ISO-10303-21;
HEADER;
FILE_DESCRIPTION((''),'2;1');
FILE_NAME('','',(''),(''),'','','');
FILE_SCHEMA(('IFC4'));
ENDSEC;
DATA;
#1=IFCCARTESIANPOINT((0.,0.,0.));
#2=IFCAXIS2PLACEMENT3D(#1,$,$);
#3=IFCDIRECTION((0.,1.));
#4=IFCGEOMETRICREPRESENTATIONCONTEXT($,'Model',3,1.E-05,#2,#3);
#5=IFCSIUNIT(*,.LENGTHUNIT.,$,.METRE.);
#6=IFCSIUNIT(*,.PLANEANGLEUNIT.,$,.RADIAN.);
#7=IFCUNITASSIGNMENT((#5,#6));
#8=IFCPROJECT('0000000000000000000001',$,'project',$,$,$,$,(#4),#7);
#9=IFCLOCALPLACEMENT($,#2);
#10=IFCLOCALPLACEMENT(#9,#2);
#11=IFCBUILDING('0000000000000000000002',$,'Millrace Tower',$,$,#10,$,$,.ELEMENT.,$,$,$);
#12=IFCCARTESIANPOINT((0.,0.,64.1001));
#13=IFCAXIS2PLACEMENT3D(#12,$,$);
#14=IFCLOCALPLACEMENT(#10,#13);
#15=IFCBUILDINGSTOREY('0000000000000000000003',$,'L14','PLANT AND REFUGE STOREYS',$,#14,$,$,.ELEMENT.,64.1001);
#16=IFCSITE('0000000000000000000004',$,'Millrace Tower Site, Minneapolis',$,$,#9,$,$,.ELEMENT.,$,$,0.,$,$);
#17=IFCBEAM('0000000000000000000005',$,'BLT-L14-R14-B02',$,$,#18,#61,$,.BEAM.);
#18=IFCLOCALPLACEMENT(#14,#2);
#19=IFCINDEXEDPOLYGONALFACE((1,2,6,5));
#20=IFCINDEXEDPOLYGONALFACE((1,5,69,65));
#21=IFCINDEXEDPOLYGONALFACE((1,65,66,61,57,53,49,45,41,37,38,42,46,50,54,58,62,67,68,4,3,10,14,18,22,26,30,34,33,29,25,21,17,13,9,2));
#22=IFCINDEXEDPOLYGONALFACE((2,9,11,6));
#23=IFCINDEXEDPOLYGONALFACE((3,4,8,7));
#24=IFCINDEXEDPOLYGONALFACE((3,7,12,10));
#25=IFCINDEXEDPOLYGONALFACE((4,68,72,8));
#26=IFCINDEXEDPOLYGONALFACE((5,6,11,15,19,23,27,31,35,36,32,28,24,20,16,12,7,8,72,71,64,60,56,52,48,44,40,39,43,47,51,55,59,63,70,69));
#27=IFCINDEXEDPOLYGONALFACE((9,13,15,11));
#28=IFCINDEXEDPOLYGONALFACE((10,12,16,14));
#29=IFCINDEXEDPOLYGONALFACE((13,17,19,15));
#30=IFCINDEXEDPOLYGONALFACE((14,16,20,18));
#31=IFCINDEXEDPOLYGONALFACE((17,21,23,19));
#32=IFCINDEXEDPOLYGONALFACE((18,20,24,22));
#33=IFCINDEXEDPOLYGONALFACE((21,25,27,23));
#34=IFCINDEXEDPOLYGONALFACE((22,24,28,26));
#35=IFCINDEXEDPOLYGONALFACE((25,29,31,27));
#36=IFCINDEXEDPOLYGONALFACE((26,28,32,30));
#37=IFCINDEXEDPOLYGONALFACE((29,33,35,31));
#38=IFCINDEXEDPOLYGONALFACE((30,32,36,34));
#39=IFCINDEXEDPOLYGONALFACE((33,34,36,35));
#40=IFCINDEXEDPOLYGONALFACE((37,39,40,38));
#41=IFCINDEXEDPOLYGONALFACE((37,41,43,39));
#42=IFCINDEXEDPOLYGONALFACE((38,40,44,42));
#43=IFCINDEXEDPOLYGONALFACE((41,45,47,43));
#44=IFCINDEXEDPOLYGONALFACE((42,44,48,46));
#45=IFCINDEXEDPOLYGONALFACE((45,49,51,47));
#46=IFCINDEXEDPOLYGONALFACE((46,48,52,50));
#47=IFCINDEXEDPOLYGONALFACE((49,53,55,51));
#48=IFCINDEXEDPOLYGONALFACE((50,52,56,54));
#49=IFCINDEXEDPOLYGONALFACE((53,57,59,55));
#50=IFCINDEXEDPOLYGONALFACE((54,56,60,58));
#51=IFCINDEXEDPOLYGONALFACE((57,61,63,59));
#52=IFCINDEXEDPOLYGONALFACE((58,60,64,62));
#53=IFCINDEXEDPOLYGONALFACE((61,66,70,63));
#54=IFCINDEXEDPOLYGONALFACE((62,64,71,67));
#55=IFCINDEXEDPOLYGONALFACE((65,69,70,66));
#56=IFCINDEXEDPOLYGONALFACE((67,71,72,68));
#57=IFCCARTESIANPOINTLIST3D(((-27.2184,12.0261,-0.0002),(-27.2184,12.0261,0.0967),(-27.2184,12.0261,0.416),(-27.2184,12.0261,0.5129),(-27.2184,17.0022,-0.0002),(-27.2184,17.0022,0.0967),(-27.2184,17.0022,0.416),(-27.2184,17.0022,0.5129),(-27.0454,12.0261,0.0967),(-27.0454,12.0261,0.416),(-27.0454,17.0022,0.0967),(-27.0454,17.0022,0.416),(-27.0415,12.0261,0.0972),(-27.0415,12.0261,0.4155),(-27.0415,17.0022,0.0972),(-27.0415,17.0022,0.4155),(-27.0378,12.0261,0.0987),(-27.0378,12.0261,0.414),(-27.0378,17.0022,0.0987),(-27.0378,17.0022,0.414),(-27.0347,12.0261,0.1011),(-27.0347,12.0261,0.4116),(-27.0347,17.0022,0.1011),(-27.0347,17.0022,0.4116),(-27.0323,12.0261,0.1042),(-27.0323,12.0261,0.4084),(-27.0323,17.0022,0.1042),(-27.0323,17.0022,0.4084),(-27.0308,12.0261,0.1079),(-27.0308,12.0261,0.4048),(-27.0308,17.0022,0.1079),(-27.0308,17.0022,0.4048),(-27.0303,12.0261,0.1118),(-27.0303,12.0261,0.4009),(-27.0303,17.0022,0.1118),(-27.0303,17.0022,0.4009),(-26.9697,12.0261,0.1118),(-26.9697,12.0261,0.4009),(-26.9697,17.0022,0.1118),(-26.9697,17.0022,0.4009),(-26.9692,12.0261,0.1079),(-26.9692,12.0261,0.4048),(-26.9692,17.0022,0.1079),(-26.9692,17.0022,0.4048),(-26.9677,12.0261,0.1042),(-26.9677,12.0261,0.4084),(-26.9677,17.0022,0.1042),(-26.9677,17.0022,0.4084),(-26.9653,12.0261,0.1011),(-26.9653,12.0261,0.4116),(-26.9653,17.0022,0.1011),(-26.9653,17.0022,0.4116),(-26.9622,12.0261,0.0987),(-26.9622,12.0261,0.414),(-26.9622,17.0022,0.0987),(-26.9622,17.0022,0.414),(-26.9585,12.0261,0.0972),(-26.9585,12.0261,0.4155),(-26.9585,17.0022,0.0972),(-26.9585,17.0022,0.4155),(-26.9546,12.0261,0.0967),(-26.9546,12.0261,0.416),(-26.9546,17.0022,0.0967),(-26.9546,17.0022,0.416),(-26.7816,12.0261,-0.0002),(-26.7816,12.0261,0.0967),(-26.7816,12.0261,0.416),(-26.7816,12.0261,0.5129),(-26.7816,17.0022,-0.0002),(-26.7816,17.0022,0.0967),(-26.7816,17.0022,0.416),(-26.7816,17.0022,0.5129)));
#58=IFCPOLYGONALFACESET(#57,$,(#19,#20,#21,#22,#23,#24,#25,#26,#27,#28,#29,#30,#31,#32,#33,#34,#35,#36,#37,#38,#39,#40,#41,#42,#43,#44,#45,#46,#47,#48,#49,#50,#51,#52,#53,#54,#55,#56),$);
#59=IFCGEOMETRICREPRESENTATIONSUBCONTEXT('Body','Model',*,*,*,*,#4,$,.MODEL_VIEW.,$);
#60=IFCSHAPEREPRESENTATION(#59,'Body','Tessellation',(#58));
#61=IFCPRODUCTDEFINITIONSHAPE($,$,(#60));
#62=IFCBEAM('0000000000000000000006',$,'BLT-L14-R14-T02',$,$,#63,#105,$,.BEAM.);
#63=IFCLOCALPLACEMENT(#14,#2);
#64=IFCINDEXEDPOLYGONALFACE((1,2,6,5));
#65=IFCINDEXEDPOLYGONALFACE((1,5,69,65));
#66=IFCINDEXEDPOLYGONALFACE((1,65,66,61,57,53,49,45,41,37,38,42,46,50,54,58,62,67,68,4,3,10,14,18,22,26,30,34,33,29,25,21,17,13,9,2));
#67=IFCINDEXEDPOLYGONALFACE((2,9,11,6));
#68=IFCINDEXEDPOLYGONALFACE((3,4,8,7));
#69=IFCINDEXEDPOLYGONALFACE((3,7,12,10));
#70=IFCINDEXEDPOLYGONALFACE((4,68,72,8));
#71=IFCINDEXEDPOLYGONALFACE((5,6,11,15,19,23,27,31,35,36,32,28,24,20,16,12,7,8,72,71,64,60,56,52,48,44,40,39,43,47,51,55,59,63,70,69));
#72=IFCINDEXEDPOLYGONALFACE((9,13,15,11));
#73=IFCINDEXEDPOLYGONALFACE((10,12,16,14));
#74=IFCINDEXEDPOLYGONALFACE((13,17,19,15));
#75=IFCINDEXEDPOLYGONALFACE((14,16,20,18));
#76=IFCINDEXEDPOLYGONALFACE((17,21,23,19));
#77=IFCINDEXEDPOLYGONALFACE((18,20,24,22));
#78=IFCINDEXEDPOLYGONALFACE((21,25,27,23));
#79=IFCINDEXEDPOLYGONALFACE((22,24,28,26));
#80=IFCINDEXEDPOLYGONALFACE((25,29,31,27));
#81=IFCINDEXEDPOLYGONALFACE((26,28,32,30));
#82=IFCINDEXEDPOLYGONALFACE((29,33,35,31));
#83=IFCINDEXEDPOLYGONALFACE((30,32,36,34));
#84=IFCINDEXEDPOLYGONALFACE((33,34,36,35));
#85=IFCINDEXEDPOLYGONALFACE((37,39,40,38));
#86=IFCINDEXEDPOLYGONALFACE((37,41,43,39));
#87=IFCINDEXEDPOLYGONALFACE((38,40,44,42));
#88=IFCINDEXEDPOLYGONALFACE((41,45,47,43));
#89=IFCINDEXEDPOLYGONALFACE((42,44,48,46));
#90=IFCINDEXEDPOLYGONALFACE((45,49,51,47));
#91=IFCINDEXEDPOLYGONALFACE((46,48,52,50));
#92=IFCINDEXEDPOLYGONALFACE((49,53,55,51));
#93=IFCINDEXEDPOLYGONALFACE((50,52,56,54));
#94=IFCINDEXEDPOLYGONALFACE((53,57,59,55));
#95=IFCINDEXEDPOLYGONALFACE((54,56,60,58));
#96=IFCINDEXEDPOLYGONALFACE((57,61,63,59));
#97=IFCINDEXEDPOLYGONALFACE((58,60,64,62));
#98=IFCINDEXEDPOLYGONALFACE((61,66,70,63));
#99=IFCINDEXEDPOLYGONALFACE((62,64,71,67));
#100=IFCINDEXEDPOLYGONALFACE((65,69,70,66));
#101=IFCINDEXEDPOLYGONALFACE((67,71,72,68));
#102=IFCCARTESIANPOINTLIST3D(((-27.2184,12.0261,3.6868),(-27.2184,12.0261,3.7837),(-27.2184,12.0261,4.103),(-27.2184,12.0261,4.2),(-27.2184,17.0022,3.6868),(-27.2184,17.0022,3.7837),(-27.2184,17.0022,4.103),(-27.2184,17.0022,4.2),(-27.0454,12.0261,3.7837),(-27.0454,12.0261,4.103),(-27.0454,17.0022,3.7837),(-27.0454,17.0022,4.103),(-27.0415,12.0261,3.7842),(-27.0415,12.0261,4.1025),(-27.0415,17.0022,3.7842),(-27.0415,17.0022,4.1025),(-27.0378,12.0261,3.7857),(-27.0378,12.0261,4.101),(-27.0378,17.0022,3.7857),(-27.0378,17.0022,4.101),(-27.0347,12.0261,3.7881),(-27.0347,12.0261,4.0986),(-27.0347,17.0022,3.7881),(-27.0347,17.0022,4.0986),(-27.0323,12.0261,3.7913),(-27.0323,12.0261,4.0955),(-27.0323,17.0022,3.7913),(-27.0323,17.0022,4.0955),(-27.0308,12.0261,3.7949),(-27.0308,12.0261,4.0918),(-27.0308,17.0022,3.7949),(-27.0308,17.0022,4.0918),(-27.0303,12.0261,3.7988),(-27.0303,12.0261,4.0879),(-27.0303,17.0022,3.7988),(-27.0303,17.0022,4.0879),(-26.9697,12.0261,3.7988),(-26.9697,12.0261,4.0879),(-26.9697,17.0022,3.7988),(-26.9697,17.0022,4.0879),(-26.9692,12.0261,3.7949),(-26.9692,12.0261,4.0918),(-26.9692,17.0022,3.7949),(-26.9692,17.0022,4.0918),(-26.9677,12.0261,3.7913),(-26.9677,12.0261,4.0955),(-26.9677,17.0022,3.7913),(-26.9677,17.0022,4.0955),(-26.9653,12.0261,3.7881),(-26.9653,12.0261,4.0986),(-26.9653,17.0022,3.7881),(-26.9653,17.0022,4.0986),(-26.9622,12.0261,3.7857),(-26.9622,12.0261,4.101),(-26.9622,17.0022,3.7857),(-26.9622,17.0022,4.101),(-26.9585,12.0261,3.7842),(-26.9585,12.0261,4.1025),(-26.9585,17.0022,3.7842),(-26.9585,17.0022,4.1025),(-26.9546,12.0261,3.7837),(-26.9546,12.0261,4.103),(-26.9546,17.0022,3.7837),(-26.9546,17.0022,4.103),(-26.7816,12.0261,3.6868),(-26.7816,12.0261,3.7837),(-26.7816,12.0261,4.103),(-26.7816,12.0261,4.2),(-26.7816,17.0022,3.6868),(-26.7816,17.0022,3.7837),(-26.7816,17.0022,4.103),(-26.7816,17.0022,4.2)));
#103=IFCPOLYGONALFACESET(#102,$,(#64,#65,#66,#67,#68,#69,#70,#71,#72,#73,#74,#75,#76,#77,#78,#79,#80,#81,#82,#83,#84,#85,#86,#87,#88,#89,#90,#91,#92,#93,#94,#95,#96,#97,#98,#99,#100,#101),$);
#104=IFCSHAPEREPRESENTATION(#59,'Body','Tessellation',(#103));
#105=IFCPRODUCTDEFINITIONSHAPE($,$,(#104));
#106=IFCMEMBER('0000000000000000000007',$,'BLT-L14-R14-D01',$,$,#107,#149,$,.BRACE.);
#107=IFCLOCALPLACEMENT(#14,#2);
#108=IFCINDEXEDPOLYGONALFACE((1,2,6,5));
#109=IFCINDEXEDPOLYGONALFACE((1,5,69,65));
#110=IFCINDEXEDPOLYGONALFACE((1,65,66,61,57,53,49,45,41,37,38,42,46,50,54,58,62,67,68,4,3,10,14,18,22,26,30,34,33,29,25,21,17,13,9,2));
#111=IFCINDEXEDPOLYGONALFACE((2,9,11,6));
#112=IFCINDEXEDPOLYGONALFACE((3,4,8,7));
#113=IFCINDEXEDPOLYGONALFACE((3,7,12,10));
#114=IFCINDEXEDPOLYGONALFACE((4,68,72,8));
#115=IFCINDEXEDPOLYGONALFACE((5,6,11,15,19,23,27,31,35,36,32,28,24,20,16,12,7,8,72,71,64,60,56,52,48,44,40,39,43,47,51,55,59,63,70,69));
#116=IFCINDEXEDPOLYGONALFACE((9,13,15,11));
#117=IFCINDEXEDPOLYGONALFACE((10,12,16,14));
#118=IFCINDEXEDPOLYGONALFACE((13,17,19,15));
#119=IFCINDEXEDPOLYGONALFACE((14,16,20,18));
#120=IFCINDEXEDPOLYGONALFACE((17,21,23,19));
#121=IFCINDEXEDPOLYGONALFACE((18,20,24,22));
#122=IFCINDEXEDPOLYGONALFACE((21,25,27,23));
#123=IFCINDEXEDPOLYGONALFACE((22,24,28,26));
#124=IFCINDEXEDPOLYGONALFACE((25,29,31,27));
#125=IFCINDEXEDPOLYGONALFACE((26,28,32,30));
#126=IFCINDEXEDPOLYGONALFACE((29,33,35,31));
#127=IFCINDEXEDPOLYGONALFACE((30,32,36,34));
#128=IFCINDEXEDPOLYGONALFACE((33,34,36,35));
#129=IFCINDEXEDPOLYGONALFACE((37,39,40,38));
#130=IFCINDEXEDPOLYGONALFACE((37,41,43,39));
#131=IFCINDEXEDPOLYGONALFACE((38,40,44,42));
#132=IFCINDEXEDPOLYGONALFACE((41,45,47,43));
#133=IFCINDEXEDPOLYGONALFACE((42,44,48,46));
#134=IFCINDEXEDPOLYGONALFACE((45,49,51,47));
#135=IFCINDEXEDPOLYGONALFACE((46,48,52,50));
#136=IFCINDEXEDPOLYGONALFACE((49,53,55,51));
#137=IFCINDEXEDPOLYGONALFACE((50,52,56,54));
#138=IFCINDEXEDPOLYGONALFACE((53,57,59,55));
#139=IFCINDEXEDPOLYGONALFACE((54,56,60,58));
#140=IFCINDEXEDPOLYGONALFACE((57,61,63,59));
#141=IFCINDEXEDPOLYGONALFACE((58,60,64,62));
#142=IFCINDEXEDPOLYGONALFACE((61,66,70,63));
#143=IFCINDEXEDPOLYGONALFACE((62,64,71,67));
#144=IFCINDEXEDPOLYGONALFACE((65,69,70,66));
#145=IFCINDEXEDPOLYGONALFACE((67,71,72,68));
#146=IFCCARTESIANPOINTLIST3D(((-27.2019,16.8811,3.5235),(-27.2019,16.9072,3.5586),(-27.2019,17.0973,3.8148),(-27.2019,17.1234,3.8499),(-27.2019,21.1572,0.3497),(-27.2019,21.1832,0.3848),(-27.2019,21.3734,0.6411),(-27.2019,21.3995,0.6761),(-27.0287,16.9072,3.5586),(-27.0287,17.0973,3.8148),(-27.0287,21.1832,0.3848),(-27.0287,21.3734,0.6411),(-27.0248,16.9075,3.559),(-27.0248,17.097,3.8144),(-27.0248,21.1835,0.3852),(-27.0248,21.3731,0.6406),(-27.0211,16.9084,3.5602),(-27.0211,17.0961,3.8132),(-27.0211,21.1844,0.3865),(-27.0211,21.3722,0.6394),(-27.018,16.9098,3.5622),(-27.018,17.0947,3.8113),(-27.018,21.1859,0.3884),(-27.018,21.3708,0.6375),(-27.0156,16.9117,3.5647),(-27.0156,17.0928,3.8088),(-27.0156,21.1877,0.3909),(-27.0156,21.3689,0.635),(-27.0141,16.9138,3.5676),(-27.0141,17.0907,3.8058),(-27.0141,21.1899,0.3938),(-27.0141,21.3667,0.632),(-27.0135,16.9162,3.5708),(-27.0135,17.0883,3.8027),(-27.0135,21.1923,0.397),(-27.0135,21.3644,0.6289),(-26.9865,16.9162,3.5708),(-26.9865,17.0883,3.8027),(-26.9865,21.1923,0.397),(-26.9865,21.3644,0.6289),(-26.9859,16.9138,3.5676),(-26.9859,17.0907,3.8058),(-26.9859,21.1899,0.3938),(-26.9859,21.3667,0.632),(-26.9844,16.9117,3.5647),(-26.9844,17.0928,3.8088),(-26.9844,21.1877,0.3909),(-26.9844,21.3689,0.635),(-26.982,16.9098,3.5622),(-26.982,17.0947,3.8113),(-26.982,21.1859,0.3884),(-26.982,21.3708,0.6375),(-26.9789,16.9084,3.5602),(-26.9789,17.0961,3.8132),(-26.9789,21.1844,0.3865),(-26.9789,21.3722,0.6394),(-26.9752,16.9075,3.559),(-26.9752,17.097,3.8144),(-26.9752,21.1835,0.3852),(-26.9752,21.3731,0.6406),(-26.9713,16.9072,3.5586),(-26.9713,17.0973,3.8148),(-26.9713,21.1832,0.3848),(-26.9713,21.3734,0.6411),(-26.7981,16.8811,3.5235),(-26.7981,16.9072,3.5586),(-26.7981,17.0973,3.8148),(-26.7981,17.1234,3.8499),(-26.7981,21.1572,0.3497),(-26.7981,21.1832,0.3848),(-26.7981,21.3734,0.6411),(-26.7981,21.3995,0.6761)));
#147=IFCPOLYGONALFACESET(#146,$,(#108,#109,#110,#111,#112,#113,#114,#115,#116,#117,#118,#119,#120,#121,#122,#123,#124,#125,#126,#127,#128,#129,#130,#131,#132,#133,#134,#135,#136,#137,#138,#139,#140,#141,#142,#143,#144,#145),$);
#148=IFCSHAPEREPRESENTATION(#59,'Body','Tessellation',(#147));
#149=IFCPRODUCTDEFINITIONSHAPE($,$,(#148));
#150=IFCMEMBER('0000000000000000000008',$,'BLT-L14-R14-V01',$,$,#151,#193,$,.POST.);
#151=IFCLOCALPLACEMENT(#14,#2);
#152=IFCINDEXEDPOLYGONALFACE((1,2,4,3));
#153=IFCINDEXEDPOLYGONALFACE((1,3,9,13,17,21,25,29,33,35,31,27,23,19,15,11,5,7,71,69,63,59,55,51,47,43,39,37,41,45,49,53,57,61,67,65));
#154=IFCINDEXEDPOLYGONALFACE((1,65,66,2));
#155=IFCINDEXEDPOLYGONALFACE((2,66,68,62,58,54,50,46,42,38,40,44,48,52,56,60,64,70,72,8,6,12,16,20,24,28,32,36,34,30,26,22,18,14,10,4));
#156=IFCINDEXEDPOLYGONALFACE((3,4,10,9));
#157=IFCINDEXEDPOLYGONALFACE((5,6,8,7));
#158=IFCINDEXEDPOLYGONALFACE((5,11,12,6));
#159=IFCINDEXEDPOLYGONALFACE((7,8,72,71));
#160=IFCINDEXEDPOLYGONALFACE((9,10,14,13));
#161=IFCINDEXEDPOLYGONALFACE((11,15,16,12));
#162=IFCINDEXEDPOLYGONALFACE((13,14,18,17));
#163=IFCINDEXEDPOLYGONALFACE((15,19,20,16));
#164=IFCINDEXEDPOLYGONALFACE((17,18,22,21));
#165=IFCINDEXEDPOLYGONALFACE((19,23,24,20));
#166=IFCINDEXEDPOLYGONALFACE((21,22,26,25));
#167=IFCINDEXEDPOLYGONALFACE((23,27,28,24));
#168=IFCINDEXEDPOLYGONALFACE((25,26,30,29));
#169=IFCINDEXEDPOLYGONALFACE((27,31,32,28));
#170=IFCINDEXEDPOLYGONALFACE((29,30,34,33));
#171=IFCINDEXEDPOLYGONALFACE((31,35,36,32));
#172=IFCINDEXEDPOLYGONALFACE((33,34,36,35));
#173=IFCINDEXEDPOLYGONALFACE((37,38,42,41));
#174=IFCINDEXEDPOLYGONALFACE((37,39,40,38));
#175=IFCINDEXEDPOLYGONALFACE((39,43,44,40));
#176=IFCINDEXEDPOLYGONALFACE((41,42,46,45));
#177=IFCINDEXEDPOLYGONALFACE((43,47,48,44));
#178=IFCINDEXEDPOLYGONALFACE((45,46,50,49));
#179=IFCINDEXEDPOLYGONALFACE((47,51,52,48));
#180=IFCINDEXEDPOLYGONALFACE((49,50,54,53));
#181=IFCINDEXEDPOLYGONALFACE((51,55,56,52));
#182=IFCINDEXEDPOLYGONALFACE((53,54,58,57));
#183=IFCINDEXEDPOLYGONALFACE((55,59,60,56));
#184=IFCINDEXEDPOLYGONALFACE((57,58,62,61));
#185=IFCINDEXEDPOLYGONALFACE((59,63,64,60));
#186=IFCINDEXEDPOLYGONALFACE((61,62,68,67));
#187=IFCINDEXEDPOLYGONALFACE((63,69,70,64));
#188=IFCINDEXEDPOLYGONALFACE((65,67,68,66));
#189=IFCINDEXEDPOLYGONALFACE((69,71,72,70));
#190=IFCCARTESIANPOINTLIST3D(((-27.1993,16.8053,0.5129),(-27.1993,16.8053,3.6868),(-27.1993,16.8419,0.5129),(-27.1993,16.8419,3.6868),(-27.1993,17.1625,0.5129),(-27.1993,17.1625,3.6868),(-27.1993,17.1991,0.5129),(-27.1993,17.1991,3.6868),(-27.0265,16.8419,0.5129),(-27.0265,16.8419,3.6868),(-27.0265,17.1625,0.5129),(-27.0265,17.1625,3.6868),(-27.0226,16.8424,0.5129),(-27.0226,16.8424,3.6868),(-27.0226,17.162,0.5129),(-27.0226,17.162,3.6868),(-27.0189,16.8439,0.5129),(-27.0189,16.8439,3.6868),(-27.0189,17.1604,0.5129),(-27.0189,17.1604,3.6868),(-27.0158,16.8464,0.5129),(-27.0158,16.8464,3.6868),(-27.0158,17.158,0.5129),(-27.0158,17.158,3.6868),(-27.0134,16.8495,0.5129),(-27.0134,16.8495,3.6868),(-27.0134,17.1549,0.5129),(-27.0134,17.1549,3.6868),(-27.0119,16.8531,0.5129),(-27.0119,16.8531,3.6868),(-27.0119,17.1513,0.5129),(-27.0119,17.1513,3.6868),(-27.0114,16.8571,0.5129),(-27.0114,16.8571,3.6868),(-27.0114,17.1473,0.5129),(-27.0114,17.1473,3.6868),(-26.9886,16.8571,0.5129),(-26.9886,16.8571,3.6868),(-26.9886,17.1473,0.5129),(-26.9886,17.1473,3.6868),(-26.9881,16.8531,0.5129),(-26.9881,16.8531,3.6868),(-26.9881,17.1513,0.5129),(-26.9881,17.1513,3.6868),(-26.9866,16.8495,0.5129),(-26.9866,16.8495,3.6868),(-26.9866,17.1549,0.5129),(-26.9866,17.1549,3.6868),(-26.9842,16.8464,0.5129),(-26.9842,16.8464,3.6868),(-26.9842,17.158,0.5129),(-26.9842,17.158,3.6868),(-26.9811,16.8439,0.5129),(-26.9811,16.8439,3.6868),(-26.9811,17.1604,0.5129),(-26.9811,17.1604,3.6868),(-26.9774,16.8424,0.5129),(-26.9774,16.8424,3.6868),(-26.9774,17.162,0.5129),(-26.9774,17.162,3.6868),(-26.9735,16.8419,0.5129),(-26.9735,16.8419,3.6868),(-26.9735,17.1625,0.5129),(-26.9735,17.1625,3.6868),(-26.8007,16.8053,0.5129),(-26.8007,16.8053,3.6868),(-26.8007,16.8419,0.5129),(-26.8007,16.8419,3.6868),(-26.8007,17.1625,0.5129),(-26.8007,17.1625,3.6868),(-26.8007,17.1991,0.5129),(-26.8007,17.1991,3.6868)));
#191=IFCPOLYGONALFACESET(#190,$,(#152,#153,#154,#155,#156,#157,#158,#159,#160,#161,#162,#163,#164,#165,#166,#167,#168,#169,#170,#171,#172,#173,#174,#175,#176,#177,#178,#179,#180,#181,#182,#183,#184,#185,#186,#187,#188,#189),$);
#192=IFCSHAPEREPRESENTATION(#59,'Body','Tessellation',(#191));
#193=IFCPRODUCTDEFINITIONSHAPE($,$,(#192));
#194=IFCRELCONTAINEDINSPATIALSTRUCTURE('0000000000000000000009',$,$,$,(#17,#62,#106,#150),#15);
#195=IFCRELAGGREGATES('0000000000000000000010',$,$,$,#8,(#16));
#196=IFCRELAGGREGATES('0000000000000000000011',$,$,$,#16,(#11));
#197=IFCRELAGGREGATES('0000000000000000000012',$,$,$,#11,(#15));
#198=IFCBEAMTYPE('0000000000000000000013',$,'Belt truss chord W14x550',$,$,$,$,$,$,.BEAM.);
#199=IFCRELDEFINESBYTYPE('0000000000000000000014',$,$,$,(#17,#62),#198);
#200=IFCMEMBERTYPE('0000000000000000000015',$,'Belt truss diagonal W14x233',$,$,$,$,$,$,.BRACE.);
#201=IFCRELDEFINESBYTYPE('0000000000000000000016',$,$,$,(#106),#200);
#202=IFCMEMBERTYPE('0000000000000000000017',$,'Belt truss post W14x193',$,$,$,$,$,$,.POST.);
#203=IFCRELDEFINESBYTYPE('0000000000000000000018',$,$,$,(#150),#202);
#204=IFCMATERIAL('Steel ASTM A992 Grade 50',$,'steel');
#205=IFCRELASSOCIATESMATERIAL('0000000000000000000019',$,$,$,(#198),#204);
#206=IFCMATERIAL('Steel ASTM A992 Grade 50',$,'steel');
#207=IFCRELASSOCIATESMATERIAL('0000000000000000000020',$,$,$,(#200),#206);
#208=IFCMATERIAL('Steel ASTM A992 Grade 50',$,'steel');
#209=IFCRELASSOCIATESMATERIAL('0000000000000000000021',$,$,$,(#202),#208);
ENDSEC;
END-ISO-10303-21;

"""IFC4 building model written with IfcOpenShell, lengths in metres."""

from ifc_helpers import new_model, si_unit, direction, frame, origin, origin_2d, place, context, subcontext, project, spatial, i_section, extrude, material, material_profile, profile_set, type_object, element, save


model = new_model("IFC4")

# Units and contexts
model_context = context("Model", 3, precision=1e-05, world=origin(), true_north=direction((0.0, 1.0)))
body_context = subcontext(model_context, "Body", "Model", "MODEL_VIEW")
ifc_project = project(units=[si_unit("LENGTHUNIT", "METRE"), si_unit("PLANEANGLEUNIT", "RADIAN")], contexts=[model_context])

# Site, building, storey
site_placement = place(None, origin())
site = spatial("IfcSite", under=ifc_project, at=site_placement, Name="Millrace Tower Site, Minneapolis", CompositionType="ELEMENT", RefElevation=0.0)
building_placement = place(site_placement, origin())
building = spatial("IfcBuilding", under=site, at=building_placement, Name="Millrace Tower", CompositionType="ELEMENT")
storey_placement = place(building_placement, frame((0.0, 0.0, 64.1001)))
storey = spatial("IfcBuildingStorey", under=building, at=storey_placement, Name="L14", Description="PLANT AND REFUGE STOREYS", CompositionType="ELEMENT", Elevation=64.1001)

# Beams
ifc_material_1 = material(Name="Steel ASTM A992 Grade 50", Category="steel")
ifc_material_profile_1 = material_profile(ifc_material_1, i_section(OverallWidth=0.4368, OverallDepth=0.5132, WebThickness=0.0605, FlangeThickness=0.0969, FilletRadius=0.0151, at=origin_2d()))
ifc_profile_set_1 = profile_set([ifc_material_profile_1], Name="Steel ASTM A992 Grade 50")
beam_type_1 = type_object("IfcBeamType", Name="Belt truss chord W14x550", PredefinedType="BEAM", material=ifc_profile_set_1)
for number, where, z_axis, x_axis, name in (
    (1, (-27.0, 17.0022, 0.2563), (0.0, -1.0, 0.0), (1.0, 0.0, 0.0), "BLT-L14-R14-B02"),
    (2, (-27.0, 17.0022, 3.9434), (0.0, -1.0, 0.0), (1.0, 0.0, 0.0), "BLT-L14-R14-T02"),
):
    element("IfcBeam", number, at=place(storey_placement, frame(where, z_axis=z_axis, x_axis=x_axis)), inside=storey, type_object=beam_type_1, Name=name, PredefinedType="BEAM", context=body_context, shape_type="SweptSolid", body=[
        extrude(i_section(OverallWidth=0.4368, OverallDepth=0.5132, WebThickness=0.0605, FlangeThickness=0.0969, FilletRadius=0.0151, at=origin_2d()), origin(), (0.0, 0.0, 1.0), 4.9761),
    ])

# Members
ifc_material_2 = material(Name="Steel ASTM A992 Grade 50", Category="steel")
ifc_material_profile_2 = material_profile(ifc_material_2, i_section(OverallWidth=0.4038, OverallDepth=0.4065, WebThickness=0.0271, FlangeThickness=0.0437, FilletRadius=0.0151, at=origin_2d()))
ifc_profile_set_2 = profile_set([ifc_material_profile_2], Name="Steel ASTM A992 Grade 50")
member_type_1 = type_object("IfcMemberType", Name="Belt truss diagonal W14x233", PredefinedType="BRACE", material=ifc_profile_set_2)
member_1_placement = place(storey_placement, frame((-27.0, 21.2783, 0.5129), z_axis=(0.0, -0.802988, 0.595995), x_axis=(1.0, 0.0, 0.0)))
element("IfcMember", 3, at=member_1_placement, inside=storey, type_object=member_type_1, Name="BLT-L14-R14-D01", PredefinedType="BRACE", context=body_context, shape_type="SweptSolid", body=[
    extrude(i_section(OverallWidth=0.4038, OverallDepth=0.4065, WebThickness=0.0271, FlangeThickness=0.0437, FilletRadius=0.0151, at=origin_2d()), origin(), (0.0, 0.0, 1.0), 5.3252),
])
ifc_material_3 = material(Name="Steel ASTM A992 Grade 50", Category="steel")
ifc_material_profile_3 = material_profile(ifc_material_3, i_section(OverallWidth=0.3987, OverallDepth=0.3938, WebThickness=0.0227, FlangeThickness=0.0366, FilletRadius=0.0151, at=origin_2d()))
ifc_profile_set_3 = profile_set([ifc_material_profile_3], Name="Steel ASTM A992 Grade 50")
member_type_2 = type_object("IfcMemberType", Name="Belt truss post W14x193", PredefinedType="POST", material=ifc_profile_set_3)
member_2_placement = place(storey_placement, frame((-27.0, 17.0022, 0.5129), z_axis=(0.0, 0.0, 1.0), x_axis=(1.0, 0.0, 0.0)))
element("IfcMember", 4, at=member_2_placement, inside=storey, type_object=member_type_2, Name="BLT-L14-R14-V01", PredefinedType="POST", context=body_context, shape_type="SweptSolid", body=[
    extrude(i_section(OverallWidth=0.3987, OverallDepth=0.3938, WebThickness=0.0227, FlangeThickness=0.0366, FilletRadius=0.0151, at=origin_2d()), origin(), (0.0, 0.0, 1.0), 3.1738),
])

save(model, "model.ifc")
